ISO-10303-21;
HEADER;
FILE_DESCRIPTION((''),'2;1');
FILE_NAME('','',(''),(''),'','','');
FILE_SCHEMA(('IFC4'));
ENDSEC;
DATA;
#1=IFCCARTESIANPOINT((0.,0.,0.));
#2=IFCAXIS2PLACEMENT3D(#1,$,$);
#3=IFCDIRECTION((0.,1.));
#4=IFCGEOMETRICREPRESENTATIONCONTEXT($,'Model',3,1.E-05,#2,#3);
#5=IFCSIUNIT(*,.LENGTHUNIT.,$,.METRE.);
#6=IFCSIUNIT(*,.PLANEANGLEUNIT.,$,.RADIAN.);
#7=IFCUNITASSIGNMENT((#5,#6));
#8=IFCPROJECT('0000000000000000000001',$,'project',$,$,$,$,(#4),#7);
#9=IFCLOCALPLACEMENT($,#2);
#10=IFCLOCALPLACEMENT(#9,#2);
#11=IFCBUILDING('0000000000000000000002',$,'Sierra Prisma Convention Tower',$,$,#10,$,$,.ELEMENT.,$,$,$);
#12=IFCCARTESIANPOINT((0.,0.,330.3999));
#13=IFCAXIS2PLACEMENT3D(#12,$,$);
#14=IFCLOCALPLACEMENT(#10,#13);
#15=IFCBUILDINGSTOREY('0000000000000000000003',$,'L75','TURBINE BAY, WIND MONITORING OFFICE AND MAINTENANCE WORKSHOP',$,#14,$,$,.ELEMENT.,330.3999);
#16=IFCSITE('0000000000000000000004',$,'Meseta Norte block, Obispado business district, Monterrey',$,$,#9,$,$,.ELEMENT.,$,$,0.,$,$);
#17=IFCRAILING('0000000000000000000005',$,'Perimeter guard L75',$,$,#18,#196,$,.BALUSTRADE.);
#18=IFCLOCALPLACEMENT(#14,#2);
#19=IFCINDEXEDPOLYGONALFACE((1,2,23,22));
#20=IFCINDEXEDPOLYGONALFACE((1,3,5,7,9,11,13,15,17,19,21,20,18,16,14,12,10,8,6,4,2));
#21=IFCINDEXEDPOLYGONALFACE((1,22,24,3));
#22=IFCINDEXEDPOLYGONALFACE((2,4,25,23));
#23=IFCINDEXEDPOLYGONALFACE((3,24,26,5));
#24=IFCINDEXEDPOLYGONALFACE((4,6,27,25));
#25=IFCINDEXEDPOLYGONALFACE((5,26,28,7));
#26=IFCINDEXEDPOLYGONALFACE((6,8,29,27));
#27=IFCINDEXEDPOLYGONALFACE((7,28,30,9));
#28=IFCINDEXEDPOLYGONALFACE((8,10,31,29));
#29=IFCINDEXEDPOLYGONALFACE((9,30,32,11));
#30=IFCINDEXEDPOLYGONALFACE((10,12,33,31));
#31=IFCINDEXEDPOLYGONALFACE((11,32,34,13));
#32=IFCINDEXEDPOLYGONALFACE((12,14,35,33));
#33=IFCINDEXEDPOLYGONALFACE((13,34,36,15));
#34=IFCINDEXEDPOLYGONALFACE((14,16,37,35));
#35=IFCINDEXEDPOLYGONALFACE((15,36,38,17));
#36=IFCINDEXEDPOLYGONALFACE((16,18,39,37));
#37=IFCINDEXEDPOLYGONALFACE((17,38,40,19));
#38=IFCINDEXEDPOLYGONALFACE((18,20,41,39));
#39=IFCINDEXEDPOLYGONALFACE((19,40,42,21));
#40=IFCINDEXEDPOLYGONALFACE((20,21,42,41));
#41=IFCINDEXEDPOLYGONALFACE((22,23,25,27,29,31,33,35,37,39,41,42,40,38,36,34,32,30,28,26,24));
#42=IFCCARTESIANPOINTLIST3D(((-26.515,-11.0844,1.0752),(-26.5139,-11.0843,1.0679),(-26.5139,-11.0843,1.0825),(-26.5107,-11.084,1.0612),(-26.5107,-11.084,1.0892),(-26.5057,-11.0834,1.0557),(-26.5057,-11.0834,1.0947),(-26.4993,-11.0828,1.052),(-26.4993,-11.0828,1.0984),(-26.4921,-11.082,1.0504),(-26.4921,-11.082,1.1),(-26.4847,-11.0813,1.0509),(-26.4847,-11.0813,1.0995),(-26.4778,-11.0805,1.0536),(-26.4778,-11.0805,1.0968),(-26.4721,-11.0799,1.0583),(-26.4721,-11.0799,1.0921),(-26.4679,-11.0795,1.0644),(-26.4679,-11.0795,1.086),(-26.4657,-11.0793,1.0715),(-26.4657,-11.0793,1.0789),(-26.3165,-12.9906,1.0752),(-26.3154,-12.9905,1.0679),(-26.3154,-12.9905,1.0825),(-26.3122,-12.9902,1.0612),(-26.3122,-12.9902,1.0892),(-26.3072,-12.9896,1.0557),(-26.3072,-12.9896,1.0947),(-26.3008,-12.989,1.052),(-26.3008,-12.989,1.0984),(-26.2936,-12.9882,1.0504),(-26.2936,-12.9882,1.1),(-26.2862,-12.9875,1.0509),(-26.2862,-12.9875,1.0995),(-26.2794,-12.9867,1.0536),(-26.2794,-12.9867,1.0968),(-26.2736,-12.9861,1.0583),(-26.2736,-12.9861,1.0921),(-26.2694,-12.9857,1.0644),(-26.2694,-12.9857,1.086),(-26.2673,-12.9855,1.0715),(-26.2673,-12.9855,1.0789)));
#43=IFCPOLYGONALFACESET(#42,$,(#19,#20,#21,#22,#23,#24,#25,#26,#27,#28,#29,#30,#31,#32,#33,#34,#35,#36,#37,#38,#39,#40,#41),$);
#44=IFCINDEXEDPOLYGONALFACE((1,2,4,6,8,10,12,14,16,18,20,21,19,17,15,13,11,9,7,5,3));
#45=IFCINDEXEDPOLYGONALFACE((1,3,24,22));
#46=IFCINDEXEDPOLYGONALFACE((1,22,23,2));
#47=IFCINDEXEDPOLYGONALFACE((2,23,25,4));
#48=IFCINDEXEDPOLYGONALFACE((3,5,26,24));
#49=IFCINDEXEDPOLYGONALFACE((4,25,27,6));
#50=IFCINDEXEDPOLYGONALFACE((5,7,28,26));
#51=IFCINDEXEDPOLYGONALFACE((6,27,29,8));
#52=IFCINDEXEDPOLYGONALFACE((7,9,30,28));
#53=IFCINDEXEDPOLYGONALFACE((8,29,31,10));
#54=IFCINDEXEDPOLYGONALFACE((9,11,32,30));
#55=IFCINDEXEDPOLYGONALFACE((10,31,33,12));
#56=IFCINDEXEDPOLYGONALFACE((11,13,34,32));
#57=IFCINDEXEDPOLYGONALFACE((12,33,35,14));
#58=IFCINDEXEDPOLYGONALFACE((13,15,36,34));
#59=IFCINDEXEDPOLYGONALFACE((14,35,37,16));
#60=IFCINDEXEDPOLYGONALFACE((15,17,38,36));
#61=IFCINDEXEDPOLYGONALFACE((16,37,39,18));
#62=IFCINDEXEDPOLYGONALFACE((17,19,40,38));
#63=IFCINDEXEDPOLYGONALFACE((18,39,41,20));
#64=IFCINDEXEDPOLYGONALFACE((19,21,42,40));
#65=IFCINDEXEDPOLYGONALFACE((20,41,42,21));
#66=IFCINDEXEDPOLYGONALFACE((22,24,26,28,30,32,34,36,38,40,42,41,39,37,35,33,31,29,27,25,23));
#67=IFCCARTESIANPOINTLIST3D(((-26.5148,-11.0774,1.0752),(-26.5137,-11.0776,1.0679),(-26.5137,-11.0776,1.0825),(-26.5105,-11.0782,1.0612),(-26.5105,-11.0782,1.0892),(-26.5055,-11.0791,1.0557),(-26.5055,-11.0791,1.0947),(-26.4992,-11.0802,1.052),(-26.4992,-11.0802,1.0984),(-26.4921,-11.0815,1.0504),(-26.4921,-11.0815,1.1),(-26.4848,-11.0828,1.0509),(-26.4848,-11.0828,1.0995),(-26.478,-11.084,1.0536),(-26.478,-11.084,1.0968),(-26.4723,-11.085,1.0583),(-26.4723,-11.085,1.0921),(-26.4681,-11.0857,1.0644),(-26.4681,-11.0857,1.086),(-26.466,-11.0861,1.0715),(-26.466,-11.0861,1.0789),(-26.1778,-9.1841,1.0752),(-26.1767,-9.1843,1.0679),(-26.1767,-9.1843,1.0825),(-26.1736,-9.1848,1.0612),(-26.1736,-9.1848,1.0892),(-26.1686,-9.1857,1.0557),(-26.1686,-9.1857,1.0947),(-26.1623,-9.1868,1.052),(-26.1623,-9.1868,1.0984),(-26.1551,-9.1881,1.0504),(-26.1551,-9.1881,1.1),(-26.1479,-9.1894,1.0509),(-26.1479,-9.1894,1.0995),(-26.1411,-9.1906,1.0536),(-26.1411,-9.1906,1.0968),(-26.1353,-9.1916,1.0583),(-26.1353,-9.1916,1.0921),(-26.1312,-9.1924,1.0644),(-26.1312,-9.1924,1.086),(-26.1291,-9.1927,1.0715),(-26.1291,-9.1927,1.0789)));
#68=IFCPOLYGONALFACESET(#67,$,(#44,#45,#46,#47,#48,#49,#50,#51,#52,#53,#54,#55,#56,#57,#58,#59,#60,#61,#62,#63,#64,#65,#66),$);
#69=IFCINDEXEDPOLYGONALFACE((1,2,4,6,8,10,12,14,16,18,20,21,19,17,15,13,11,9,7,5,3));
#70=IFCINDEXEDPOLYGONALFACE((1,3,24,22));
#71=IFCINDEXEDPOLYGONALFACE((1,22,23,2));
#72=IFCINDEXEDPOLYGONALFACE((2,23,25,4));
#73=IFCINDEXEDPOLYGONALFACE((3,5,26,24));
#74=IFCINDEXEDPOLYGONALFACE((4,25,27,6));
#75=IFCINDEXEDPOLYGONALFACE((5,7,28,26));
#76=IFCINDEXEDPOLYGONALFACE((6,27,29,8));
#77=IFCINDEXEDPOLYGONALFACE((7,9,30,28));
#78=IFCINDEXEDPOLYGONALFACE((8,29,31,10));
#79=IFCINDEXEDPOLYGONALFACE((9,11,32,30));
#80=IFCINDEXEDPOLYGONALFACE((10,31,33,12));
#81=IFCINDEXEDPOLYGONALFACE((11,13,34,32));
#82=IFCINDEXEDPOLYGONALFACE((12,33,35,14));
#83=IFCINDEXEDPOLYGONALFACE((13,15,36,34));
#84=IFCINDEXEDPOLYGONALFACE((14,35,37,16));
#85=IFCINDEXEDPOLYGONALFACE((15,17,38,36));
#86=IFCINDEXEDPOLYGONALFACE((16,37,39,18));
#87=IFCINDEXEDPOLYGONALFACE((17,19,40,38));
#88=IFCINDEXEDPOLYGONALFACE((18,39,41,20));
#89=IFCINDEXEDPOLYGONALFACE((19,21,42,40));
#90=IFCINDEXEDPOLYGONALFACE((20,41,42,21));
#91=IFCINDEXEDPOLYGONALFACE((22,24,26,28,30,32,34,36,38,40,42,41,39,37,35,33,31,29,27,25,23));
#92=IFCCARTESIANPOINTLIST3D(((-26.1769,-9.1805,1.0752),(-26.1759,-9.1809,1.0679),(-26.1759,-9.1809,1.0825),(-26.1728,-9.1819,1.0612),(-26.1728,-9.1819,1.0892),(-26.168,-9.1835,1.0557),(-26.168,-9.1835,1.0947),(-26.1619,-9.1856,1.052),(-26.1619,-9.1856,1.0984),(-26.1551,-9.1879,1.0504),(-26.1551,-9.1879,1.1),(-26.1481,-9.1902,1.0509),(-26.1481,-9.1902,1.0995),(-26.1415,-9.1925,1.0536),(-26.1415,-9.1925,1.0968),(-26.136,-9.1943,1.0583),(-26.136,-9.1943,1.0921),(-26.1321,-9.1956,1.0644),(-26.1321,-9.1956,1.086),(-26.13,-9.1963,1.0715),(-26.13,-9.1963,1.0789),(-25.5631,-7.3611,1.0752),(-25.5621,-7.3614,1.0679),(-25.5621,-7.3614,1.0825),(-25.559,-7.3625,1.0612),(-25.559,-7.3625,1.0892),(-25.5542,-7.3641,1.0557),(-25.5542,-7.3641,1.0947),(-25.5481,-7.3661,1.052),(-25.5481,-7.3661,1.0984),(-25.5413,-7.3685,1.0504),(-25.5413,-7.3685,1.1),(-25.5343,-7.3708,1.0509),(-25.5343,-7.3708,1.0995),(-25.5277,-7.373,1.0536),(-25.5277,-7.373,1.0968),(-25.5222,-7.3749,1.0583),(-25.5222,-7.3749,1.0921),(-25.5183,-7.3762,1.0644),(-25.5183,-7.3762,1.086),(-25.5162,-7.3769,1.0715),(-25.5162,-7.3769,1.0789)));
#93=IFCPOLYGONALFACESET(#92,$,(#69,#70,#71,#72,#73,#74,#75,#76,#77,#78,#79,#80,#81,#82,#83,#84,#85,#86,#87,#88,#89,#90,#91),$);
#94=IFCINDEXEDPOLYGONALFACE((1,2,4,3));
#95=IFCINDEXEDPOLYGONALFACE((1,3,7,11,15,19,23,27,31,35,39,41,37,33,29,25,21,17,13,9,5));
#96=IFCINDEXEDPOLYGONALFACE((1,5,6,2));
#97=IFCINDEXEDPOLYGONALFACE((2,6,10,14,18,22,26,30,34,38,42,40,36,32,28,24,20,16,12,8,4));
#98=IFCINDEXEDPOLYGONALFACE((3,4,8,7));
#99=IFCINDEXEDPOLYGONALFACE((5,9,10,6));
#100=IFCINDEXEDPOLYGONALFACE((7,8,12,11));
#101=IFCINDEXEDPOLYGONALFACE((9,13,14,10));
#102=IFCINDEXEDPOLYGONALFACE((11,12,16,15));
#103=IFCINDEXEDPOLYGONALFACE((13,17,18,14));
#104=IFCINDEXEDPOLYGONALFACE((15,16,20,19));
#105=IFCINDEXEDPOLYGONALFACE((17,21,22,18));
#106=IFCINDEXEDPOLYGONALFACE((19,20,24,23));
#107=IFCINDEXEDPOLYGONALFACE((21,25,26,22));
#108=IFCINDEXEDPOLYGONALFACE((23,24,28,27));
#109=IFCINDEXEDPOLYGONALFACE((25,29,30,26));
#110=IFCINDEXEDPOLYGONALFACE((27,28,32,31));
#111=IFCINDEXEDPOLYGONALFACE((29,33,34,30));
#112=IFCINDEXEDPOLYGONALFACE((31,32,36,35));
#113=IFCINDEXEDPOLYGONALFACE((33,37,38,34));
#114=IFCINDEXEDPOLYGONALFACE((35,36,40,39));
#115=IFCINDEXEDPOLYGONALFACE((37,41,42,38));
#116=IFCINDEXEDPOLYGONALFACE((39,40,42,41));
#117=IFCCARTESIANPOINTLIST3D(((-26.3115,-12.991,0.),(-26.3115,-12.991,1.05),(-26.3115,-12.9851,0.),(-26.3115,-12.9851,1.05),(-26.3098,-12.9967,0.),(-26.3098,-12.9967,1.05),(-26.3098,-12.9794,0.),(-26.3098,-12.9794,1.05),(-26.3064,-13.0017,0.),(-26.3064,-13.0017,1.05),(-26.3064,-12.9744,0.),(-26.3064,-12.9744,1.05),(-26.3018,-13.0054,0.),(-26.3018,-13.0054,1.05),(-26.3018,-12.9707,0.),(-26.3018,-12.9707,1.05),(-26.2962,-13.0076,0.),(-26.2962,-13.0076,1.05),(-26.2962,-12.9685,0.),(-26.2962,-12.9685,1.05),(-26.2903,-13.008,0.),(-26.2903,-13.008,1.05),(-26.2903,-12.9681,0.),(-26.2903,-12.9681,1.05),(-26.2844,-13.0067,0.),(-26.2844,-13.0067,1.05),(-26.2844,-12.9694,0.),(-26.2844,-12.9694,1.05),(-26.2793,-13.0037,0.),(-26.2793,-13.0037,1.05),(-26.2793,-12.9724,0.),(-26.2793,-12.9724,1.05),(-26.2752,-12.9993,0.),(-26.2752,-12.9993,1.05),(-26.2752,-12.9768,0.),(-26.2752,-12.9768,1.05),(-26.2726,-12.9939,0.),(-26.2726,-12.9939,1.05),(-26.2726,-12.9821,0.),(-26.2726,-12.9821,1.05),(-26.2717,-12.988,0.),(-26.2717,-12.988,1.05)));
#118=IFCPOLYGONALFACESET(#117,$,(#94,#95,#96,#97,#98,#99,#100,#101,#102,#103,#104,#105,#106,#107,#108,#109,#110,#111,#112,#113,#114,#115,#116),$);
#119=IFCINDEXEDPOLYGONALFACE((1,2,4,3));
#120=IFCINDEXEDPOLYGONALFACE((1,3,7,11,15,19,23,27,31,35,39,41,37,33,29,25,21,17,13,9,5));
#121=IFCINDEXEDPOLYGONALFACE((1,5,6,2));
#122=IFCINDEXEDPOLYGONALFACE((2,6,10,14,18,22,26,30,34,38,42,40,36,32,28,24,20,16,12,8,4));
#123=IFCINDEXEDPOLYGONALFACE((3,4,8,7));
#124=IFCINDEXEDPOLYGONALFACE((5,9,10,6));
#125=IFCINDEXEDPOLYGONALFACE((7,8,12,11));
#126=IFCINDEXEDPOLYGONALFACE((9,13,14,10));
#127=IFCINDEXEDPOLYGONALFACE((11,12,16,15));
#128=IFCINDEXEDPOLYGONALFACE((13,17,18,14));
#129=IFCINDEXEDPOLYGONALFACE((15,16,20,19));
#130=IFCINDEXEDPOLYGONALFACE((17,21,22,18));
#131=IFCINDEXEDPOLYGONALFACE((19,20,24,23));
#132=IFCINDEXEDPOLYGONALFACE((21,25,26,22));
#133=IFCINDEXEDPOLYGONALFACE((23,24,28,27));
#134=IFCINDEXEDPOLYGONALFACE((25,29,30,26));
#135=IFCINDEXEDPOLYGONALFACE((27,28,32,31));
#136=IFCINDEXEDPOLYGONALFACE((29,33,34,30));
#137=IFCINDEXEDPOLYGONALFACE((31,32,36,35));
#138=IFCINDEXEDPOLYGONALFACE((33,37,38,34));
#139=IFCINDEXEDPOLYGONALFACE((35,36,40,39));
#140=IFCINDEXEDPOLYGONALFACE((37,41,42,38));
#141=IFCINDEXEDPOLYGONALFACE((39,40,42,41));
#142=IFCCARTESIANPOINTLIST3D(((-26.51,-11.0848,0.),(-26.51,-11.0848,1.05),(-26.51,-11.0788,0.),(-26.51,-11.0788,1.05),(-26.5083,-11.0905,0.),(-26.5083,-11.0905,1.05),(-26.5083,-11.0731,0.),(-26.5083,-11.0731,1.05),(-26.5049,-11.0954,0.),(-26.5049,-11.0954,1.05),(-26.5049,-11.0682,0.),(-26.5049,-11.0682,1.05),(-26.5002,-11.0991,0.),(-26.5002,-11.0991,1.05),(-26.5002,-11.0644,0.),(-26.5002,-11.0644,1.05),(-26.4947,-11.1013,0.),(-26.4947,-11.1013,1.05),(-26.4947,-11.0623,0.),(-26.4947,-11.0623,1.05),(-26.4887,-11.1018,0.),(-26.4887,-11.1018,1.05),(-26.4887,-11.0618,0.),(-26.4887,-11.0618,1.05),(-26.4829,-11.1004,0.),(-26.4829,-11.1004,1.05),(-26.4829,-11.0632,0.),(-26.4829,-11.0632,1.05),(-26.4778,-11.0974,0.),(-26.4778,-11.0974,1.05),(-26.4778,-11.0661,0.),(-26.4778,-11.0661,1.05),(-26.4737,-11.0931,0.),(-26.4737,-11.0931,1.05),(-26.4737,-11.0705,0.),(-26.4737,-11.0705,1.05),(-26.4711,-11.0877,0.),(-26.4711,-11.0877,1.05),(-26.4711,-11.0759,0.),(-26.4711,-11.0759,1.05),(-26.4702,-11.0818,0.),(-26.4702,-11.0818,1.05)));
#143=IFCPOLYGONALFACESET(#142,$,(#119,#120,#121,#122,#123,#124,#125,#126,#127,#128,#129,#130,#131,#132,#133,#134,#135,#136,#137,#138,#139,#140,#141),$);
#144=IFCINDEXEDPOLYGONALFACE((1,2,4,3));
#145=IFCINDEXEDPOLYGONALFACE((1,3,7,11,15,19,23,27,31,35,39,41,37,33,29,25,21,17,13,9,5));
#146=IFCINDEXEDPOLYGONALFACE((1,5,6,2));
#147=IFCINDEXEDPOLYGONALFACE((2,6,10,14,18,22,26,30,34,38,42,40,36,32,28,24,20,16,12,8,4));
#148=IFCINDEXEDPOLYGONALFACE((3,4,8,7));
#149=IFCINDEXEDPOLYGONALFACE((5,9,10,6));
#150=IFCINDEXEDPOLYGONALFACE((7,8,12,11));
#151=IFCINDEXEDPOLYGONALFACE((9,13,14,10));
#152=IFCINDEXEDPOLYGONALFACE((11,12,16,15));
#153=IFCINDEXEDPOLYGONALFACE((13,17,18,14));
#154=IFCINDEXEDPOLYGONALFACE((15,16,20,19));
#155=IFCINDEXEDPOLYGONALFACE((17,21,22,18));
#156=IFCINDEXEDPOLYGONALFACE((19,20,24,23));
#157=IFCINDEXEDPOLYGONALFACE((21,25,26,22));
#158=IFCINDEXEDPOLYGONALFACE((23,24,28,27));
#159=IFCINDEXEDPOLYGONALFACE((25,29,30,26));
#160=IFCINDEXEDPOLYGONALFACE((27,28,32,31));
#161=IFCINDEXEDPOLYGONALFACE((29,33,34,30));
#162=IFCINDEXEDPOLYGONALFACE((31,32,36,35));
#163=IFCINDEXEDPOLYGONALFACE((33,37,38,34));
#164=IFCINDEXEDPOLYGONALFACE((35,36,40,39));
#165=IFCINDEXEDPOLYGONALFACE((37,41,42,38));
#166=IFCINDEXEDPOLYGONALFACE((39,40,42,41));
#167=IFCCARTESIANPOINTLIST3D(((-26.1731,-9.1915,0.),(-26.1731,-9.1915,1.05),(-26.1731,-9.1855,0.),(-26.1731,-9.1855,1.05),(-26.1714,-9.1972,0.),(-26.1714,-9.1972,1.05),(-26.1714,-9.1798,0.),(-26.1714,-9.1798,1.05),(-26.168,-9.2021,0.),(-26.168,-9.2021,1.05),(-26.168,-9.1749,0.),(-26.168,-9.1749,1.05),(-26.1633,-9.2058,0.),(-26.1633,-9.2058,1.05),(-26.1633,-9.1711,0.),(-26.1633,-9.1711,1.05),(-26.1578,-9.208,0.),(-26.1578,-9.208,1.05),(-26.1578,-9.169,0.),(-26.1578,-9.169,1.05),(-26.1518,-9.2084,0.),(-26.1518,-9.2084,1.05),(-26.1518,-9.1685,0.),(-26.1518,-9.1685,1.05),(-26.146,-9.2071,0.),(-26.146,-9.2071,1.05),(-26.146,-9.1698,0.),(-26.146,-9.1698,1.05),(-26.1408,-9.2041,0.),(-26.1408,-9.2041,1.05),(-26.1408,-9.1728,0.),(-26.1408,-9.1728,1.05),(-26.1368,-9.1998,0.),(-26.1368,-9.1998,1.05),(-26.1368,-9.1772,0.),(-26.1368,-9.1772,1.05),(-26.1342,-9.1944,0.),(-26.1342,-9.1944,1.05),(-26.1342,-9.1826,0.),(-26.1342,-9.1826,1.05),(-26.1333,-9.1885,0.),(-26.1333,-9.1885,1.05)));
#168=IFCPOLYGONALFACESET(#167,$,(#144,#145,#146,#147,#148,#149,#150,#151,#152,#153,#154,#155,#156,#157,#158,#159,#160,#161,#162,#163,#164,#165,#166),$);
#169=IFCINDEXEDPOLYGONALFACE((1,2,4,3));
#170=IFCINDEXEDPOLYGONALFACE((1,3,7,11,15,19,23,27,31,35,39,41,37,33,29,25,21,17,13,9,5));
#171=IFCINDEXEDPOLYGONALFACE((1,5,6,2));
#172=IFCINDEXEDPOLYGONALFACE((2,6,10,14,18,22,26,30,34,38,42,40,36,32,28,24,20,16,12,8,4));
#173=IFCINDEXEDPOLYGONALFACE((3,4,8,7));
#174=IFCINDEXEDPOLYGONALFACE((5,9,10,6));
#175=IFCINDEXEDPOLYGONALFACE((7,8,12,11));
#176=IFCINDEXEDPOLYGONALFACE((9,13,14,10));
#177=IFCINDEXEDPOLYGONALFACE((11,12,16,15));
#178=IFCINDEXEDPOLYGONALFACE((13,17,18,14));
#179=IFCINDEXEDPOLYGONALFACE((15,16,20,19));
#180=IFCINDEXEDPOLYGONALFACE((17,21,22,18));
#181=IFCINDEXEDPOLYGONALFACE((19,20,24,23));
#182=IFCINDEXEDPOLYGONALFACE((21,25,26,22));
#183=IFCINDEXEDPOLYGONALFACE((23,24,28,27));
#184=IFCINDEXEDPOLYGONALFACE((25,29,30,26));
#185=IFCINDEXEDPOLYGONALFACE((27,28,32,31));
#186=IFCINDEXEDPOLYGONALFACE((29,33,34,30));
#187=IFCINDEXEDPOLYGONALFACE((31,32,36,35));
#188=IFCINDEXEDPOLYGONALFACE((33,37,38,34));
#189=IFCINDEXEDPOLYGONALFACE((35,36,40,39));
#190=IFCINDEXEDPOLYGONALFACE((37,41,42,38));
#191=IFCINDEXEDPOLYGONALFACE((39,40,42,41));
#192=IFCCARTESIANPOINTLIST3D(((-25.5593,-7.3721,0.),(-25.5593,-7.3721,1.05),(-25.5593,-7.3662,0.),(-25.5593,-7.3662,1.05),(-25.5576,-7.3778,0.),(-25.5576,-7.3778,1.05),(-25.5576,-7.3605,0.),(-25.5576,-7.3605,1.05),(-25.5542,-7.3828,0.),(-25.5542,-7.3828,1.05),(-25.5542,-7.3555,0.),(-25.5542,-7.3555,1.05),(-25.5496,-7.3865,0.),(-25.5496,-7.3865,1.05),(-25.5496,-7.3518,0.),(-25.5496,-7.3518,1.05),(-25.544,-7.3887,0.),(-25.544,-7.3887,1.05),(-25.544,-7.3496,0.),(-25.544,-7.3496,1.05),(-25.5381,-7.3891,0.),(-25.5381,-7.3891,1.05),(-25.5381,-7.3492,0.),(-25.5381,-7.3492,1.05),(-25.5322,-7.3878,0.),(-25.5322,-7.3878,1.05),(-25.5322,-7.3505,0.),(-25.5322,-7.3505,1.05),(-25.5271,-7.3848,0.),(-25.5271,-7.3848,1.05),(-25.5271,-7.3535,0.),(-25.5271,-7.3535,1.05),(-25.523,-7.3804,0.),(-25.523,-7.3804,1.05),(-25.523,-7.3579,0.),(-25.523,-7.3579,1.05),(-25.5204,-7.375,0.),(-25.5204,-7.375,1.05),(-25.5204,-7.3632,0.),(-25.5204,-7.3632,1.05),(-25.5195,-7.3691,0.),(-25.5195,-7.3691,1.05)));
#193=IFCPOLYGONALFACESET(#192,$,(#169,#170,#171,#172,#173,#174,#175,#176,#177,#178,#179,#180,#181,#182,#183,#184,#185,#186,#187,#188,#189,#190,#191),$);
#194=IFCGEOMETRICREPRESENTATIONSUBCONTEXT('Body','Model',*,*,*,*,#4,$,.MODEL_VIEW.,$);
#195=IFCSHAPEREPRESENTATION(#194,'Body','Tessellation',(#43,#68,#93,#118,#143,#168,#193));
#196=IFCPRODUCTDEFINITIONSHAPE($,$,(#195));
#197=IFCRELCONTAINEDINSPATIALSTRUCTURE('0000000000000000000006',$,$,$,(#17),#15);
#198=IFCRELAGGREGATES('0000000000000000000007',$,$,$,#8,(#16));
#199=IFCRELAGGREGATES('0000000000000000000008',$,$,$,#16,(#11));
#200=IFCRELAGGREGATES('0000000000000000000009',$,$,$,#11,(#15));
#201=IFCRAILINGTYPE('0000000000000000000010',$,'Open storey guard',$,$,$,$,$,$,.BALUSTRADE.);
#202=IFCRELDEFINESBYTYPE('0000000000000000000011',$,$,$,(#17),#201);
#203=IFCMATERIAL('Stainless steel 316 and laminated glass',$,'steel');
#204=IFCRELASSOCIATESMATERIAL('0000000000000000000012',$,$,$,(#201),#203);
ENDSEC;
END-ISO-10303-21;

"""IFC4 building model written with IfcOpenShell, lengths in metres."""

from ifc_helpers import new_model, si_unit, direction, frame, origin, origin_2d, place, context, subcontext, project, spatial, circle, extrude, material, type_object, element, save


model = new_model("IFC4")

# Units and contexts
model_context = context("Model", 3, precision=1e-05, world=origin(), true_north=direction((0.0, 1.0)))
body_context = subcontext(model_context, "Body", "Model", "MODEL_VIEW")
ifc_project = project(units=[si_unit("LENGTHUNIT", "METRE"), si_unit("PLANEANGLEUNIT", "RADIAN")], contexts=[model_context])

# Site, building, storey
site_placement = place(None, origin())
site = spatial("IfcSite", under=ifc_project, at=site_placement, Name="Meseta Norte block, Obispado business district, Monterrey", CompositionType="ELEMENT", RefElevation=0.0)
building_placement = place(site_placement, origin())
building = spatial("IfcBuilding", under=site, at=building_placement, Name="Sierra Prisma Convention Tower", CompositionType="ELEMENT")
storey_placement = place(building_placement, frame((0.0, 0.0, 330.3999)))
storey = spatial("IfcBuildingStorey", under=building, at=storey_placement, Name="L75", Description="TURBINE BAY, WIND MONITORING OFFICE AND MAINTENANCE WORKSHOP", CompositionType="ELEMENT", Elevation=330.3999)

# Railing
ifc_material_1 = material(Name="Stainless steel 316 and laminated glass", Category="steel")
railing_type = type_object("IfcRailingType", Name="Open storey guard", PredefinedType="BALUSTRADE", material=ifc_material_1)
railing_1_placement = place(storey_placement, frame((-26.2917, -12.988, 0.0)))
element("IfcRailing", 1, at=railing_1_placement, inside=storey, type_object=railing_type, Name="Perimeter guard L75", PredefinedType="BALUSTRADE", context=body_context, shape_type="SweptSolid", body=[
    extrude(circle(Radius=0.0249, at=origin_2d()), frame((0.0, 0.0, 1.0752), z_axis=(-0.103564, 0.994623, 0.0), x_axis=(-0.994623, -0.103564, 0.0)), (0.0, 0.0, 1.0), 1.9165),
    extrude(circle(Radius=0.0249, at=origin_2d()), frame((-0.1985, 1.9062, 1.0752), z_axis=(0.175197, 0.984533, 0.0), x_axis=(-0.984533, 0.175197, 0.0)), (0.0, 0.0, 1.0), 1.9231),
    extrude(circle(Radius=0.0249, at=origin_2d()), frame((0.1384, 3.7996, 1.0752), z_axis=(0.319659, 0.947533, 0.0), x_axis=(-0.947533, 0.319659, 0.0)), (0.0, 0.0, 1.0), 1.9202),
    extrude(circle(Radius=0.02, at=origin_2d()), origin(), (0.0, 0.0, 1.0), 1.05),
    extrude(circle(Radius=0.02, at=origin_2d()), frame((-0.1985, 1.9062, 0.0)), (0.0, 0.0, 1.0), 1.05),
    extrude(circle(Radius=0.02, at=origin_2d()), frame((0.1384, 3.7996, 0.0)), (0.0, 0.0, 1.0), 1.05),
    extrude(circle(Radius=0.02, at=origin_2d()), frame((0.7522, 5.6189, 0.0)), (0.0, 0.0, 1.0), 1.05),
])

save(model, "model.ifc")
